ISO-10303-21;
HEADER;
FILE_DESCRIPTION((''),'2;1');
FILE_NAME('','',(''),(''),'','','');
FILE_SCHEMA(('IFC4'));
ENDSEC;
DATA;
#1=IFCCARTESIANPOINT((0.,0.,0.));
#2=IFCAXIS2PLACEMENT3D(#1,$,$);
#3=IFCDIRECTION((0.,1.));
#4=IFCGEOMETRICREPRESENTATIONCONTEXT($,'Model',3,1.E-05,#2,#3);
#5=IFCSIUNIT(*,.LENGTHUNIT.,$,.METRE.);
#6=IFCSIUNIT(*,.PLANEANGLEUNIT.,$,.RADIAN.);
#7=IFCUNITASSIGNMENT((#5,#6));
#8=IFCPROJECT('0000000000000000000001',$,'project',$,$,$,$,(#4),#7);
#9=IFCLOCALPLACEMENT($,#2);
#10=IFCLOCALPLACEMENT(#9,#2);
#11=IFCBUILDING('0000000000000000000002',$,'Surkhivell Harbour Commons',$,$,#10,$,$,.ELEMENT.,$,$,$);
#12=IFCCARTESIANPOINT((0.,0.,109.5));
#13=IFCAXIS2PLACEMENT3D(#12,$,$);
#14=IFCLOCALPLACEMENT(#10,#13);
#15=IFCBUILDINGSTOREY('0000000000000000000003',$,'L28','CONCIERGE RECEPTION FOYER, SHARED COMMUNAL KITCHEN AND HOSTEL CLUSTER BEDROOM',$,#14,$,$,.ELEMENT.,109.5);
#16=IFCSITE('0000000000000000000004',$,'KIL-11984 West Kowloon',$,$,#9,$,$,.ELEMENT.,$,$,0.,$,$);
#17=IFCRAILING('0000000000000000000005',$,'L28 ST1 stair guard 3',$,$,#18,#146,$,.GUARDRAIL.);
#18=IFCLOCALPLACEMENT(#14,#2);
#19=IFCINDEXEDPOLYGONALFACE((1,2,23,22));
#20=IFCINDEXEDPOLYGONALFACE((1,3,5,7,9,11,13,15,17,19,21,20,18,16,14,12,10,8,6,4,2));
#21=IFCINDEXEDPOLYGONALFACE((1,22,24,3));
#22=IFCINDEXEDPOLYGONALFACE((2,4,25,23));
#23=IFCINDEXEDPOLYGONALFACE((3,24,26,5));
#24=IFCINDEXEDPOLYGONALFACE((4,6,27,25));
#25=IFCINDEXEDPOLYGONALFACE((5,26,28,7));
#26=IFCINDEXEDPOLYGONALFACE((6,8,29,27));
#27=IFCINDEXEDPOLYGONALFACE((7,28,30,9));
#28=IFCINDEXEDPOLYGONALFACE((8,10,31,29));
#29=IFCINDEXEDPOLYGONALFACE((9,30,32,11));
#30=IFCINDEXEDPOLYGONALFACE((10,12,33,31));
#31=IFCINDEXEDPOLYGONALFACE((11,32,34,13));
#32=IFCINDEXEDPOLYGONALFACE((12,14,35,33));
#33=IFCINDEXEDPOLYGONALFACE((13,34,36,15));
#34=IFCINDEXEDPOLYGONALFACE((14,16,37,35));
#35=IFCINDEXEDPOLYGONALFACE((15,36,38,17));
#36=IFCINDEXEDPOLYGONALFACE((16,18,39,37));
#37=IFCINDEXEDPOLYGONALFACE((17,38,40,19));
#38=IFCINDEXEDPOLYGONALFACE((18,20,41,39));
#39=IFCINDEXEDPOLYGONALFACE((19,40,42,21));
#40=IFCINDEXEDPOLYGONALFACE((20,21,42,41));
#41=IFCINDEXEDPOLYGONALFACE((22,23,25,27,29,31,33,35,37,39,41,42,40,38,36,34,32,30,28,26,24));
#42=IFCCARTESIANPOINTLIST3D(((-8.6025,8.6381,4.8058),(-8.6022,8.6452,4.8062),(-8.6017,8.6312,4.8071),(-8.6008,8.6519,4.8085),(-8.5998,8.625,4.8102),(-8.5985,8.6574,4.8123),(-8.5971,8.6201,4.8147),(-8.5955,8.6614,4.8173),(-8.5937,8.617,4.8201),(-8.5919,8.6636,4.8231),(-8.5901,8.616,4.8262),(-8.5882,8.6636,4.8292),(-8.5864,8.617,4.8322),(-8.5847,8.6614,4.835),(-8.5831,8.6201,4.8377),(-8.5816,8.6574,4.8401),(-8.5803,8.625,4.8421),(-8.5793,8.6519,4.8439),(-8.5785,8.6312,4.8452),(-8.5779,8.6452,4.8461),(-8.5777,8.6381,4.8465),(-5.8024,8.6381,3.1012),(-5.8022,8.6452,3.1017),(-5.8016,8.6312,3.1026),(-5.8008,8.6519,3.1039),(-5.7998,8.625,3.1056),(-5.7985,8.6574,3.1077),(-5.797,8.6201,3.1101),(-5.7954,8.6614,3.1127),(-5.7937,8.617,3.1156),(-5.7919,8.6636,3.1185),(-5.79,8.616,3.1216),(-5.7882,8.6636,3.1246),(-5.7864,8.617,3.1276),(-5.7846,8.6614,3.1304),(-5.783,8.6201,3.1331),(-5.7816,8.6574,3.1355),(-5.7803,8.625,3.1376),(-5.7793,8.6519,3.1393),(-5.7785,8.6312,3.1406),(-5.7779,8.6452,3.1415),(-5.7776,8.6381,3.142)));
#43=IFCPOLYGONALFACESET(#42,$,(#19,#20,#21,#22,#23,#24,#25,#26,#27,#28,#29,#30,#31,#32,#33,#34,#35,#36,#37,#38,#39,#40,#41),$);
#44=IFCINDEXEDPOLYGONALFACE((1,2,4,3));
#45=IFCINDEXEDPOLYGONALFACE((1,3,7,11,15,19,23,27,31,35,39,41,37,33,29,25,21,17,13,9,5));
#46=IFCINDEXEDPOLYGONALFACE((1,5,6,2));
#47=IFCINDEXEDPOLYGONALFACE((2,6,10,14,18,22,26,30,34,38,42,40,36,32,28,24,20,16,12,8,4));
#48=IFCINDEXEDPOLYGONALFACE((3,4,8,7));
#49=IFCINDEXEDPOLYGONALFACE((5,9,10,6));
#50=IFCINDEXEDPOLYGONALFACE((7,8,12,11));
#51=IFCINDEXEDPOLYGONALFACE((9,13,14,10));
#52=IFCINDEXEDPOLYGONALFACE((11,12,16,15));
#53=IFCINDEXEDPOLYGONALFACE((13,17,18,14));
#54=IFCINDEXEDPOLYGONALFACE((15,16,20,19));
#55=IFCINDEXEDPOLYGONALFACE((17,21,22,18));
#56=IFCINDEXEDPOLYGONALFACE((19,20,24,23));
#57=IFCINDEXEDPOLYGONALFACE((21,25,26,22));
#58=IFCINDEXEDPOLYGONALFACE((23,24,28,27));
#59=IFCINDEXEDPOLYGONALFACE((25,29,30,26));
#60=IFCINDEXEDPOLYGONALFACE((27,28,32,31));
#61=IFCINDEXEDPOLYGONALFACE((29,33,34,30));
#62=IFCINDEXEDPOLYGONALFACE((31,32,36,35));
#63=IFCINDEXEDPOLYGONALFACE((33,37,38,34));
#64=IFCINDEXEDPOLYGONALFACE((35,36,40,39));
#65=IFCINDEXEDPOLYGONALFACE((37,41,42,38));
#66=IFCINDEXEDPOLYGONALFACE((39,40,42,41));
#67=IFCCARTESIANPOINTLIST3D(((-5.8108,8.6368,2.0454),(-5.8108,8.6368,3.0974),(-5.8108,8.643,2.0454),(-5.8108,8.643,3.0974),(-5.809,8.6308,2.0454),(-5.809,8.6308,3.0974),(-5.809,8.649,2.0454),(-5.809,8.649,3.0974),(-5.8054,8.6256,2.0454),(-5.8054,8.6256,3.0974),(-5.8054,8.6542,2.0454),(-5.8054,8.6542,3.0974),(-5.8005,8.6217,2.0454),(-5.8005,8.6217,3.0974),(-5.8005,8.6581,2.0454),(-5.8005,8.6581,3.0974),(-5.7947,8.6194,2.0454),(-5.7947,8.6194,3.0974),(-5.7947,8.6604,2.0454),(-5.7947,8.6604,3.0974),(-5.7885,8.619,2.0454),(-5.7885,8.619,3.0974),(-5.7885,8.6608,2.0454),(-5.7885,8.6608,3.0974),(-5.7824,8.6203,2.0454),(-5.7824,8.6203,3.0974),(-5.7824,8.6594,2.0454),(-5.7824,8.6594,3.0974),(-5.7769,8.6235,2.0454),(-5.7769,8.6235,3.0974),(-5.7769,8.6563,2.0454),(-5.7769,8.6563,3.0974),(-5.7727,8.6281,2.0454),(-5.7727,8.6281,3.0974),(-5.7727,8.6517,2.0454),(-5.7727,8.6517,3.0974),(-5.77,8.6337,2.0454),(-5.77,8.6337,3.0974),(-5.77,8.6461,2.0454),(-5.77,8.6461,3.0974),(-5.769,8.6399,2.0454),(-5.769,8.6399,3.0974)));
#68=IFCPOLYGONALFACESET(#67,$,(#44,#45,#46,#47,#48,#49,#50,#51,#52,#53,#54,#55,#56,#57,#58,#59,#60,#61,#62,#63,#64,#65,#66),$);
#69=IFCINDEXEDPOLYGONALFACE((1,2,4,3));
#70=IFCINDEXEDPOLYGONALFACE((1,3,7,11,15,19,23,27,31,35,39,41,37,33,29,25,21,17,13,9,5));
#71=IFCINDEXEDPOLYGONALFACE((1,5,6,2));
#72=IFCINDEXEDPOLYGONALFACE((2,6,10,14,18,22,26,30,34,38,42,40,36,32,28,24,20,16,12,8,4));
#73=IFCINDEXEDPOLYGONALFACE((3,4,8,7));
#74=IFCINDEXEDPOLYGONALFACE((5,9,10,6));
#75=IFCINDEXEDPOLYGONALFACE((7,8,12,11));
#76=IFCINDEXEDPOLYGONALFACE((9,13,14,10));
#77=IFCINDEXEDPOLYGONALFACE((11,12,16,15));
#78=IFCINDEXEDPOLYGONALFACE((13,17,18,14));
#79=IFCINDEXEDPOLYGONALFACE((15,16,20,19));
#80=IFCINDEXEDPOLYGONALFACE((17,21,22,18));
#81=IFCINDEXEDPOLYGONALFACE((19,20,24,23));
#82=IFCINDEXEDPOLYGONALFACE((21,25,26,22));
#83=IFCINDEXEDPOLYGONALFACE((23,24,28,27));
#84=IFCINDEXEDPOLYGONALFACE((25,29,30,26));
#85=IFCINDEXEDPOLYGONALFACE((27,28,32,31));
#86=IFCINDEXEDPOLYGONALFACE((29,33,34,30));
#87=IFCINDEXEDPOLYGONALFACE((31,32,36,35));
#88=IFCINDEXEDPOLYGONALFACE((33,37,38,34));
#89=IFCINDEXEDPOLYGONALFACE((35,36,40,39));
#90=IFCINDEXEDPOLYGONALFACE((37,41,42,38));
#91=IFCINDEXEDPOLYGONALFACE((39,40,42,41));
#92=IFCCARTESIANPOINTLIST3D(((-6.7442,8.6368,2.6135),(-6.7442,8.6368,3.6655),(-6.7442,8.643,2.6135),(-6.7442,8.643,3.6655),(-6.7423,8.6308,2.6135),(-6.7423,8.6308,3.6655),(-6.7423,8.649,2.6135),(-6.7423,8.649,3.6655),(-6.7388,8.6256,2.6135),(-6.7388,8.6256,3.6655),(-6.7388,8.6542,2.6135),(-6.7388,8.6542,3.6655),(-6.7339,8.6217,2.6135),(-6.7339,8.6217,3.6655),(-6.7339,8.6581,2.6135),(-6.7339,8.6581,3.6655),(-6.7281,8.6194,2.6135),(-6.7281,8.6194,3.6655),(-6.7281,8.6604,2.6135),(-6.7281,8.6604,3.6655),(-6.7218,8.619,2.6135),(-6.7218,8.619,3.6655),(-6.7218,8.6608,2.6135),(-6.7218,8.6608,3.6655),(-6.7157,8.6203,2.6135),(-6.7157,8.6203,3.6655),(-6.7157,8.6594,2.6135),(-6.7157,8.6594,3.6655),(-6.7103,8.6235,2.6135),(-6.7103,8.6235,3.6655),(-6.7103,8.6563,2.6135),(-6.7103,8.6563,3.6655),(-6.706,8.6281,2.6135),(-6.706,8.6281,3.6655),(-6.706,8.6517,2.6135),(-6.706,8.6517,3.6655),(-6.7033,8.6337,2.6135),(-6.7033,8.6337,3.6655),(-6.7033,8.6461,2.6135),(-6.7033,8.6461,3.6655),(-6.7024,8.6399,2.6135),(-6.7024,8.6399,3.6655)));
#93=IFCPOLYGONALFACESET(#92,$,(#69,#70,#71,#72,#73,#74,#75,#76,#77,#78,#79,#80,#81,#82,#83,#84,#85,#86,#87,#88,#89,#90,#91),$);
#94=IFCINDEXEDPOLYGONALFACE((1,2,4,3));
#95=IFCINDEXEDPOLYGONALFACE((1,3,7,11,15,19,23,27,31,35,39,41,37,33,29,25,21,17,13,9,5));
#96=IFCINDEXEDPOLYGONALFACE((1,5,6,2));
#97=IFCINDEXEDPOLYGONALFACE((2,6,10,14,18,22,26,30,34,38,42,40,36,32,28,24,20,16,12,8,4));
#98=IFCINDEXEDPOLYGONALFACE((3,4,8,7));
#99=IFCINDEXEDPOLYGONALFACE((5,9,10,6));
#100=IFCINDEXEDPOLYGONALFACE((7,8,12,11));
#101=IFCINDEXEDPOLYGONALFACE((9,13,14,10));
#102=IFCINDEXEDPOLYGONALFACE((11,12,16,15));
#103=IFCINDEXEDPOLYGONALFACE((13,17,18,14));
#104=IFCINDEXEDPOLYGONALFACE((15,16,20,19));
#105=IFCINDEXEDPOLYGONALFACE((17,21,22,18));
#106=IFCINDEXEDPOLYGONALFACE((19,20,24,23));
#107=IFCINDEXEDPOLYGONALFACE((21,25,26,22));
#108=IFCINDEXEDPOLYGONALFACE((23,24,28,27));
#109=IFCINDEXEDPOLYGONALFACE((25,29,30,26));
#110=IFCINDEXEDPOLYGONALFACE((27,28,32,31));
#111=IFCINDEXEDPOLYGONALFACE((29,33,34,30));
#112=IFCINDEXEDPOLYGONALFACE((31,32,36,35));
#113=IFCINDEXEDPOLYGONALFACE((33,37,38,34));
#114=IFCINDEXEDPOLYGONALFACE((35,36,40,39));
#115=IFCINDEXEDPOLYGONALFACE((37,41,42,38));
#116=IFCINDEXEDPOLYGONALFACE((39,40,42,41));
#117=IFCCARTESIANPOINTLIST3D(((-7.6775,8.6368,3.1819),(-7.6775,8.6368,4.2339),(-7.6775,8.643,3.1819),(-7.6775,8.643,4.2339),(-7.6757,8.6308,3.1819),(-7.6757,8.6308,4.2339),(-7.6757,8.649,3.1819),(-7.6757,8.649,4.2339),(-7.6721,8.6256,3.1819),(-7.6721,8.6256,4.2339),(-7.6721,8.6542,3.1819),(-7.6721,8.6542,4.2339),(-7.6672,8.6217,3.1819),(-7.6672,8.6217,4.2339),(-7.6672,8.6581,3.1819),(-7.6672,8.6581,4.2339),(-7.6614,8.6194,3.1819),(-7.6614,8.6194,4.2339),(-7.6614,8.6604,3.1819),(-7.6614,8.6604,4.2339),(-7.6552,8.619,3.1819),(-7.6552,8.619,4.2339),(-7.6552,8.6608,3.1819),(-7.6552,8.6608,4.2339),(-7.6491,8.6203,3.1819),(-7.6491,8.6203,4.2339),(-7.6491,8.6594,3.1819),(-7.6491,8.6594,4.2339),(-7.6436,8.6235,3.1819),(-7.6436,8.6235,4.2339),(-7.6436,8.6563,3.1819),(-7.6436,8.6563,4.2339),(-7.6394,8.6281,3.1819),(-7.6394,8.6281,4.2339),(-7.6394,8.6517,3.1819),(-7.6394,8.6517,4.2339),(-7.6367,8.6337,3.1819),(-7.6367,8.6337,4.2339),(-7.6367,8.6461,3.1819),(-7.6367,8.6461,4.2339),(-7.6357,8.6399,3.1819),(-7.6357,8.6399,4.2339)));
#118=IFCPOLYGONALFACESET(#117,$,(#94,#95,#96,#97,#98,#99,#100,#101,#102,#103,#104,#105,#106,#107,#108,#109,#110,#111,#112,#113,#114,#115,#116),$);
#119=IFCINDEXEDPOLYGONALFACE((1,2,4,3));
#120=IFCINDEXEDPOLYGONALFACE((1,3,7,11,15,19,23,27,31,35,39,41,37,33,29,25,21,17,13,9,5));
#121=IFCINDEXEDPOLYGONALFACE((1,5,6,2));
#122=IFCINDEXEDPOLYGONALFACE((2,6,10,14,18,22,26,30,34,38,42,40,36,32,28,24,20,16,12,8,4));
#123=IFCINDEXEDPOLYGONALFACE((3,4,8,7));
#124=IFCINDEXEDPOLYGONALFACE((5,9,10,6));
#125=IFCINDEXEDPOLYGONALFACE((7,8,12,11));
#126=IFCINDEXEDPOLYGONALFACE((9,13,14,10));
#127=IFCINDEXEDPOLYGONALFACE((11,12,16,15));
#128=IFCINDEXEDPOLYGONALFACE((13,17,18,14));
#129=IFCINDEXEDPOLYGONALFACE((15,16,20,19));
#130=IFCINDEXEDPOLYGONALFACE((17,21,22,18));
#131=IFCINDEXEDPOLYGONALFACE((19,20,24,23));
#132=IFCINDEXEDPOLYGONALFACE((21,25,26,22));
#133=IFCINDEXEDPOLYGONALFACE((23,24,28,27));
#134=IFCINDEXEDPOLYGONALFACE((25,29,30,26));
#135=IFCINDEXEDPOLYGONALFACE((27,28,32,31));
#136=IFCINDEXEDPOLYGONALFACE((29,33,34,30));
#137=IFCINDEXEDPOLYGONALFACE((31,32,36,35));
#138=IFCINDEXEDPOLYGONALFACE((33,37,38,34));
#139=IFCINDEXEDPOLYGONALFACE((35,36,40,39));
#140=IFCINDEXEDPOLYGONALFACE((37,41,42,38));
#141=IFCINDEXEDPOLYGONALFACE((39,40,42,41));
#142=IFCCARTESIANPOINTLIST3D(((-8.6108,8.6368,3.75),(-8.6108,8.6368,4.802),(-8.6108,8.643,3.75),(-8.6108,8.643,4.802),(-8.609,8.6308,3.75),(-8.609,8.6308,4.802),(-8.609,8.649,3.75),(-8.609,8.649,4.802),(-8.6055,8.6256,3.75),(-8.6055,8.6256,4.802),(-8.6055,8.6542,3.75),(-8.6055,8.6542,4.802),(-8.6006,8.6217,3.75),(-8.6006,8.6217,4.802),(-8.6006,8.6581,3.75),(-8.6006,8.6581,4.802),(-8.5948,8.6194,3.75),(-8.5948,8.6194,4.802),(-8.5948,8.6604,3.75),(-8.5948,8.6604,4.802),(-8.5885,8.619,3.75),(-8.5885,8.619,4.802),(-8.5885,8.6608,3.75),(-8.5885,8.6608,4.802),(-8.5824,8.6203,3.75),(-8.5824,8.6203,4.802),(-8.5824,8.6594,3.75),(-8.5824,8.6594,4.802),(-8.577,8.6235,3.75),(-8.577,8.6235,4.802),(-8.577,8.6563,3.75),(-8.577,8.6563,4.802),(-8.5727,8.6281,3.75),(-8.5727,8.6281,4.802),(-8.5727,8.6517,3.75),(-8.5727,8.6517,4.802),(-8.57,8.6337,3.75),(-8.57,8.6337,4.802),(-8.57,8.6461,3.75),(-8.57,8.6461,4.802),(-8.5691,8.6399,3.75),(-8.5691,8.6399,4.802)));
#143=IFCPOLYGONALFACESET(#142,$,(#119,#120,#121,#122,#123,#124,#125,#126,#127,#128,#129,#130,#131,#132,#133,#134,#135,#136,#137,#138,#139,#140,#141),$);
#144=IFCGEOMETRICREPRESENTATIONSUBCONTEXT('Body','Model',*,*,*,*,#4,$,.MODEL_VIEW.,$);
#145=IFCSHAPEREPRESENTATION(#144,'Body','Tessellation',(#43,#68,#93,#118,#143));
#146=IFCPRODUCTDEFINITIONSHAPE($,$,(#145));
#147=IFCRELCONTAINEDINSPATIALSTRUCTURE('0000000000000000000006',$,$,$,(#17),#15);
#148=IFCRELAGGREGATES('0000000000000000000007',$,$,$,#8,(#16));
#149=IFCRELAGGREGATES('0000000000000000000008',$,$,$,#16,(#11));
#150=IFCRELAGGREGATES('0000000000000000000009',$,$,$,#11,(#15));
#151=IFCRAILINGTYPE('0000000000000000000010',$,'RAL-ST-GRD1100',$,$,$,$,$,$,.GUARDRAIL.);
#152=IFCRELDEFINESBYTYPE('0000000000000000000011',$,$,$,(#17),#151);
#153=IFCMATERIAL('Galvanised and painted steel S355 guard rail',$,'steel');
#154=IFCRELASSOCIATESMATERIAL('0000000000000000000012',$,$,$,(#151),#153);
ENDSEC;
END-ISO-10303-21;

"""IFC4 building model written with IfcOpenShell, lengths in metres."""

from ifc_helpers import new_model, si_unit, direction, frame, origin, origin_2d, place, context, subcontext, project, spatial, circle, extrude, material, type_object, element, save


model = new_model("IFC4")

# Units and contexts
model_context = context("Model", 3, precision=1e-05, world=origin(), true_north=direction((0.0, 1.0)))
body_context = subcontext(model_context, "Body", "Model", "MODEL_VIEW")
ifc_project = project(units=[si_unit("LENGTHUNIT", "METRE"), si_unit("PLANEANGLEUNIT", "RADIAN")], contexts=[model_context])

# Site, building, storey
site_placement = place(None, origin())
site = spatial("IfcSite", under=ifc_project, at=site_placement, Name="KIL-11984 West Kowloon", CompositionType="ELEMENT", RefElevation=0.0)
building_placement = place(site_placement, origin())
building = spatial("IfcBuilding", under=site, at=building_placement, Name="Surkhivell Harbour Commons", CompositionType="ELEMENT")
storey_placement = place(building_placement, frame((0.0, 0.0, 109.5)))
storey = spatial("IfcBuildingStorey", under=building, at=storey_placement, Name="L28", Description="CONCIERGE RECEPTION FOYER, SHARED COMMUNAL KITCHEN AND HOSTEL CLUSTER BEDROOM", CompositionType="ELEMENT", Elevation=109.5)

# Railing
ifc_material_1 = material(Name="Galvanised and painted steel S355 guard rail", Category="steel")
railing_type_1 = type_object("IfcRailingType", Name="RAL-ST-GRD1100", PredefinedType="GUARDRAIL", material=ifc_material_1)
railing_1_placement = place(storey_placement, frame((-5.79, 8.6399, 2.0454)))
element("IfcRailing", 1, at=railing_1_placement, inside=storey, type_object=railing_type_1, Name="L28 ST1 stair guard 3", PredefinedType="GUARDRAIL", context=body_context, shape_type="SweptSolid", body=[
    extrude(circle(Radius=0.0239, at=origin_2d()), frame((0.0, 0.0, 1.0762), z_axis=(-0.85417, 0.0, 0.519994), x_axis=(0.0, -1.0, 0.0)), (0.0, 0.0, 1.0), 3.2781),
    extrude(circle(Radius=0.021, at=origin_2d()), origin(), (0.0, 0.0, 1.0), 1.052),
    extrude(circle(Radius=0.021, at=origin_2d()), frame((-0.9333, 0.0, 0.5681)), (0.0, 0.0, 1.0), 1.052),
    extrude(circle(Radius=0.021, at=origin_2d()), frame((-1.8667, 0.0, 1.1365)), (0.0, 0.0, 1.0), 1.052),
    extrude(circle(Radius=0.021, at=origin_2d()), frame((-2.8, 0.0, 1.7046)), (0.0, 0.0, 1.0), 1.052),
])

save(model, "model.ifc")
